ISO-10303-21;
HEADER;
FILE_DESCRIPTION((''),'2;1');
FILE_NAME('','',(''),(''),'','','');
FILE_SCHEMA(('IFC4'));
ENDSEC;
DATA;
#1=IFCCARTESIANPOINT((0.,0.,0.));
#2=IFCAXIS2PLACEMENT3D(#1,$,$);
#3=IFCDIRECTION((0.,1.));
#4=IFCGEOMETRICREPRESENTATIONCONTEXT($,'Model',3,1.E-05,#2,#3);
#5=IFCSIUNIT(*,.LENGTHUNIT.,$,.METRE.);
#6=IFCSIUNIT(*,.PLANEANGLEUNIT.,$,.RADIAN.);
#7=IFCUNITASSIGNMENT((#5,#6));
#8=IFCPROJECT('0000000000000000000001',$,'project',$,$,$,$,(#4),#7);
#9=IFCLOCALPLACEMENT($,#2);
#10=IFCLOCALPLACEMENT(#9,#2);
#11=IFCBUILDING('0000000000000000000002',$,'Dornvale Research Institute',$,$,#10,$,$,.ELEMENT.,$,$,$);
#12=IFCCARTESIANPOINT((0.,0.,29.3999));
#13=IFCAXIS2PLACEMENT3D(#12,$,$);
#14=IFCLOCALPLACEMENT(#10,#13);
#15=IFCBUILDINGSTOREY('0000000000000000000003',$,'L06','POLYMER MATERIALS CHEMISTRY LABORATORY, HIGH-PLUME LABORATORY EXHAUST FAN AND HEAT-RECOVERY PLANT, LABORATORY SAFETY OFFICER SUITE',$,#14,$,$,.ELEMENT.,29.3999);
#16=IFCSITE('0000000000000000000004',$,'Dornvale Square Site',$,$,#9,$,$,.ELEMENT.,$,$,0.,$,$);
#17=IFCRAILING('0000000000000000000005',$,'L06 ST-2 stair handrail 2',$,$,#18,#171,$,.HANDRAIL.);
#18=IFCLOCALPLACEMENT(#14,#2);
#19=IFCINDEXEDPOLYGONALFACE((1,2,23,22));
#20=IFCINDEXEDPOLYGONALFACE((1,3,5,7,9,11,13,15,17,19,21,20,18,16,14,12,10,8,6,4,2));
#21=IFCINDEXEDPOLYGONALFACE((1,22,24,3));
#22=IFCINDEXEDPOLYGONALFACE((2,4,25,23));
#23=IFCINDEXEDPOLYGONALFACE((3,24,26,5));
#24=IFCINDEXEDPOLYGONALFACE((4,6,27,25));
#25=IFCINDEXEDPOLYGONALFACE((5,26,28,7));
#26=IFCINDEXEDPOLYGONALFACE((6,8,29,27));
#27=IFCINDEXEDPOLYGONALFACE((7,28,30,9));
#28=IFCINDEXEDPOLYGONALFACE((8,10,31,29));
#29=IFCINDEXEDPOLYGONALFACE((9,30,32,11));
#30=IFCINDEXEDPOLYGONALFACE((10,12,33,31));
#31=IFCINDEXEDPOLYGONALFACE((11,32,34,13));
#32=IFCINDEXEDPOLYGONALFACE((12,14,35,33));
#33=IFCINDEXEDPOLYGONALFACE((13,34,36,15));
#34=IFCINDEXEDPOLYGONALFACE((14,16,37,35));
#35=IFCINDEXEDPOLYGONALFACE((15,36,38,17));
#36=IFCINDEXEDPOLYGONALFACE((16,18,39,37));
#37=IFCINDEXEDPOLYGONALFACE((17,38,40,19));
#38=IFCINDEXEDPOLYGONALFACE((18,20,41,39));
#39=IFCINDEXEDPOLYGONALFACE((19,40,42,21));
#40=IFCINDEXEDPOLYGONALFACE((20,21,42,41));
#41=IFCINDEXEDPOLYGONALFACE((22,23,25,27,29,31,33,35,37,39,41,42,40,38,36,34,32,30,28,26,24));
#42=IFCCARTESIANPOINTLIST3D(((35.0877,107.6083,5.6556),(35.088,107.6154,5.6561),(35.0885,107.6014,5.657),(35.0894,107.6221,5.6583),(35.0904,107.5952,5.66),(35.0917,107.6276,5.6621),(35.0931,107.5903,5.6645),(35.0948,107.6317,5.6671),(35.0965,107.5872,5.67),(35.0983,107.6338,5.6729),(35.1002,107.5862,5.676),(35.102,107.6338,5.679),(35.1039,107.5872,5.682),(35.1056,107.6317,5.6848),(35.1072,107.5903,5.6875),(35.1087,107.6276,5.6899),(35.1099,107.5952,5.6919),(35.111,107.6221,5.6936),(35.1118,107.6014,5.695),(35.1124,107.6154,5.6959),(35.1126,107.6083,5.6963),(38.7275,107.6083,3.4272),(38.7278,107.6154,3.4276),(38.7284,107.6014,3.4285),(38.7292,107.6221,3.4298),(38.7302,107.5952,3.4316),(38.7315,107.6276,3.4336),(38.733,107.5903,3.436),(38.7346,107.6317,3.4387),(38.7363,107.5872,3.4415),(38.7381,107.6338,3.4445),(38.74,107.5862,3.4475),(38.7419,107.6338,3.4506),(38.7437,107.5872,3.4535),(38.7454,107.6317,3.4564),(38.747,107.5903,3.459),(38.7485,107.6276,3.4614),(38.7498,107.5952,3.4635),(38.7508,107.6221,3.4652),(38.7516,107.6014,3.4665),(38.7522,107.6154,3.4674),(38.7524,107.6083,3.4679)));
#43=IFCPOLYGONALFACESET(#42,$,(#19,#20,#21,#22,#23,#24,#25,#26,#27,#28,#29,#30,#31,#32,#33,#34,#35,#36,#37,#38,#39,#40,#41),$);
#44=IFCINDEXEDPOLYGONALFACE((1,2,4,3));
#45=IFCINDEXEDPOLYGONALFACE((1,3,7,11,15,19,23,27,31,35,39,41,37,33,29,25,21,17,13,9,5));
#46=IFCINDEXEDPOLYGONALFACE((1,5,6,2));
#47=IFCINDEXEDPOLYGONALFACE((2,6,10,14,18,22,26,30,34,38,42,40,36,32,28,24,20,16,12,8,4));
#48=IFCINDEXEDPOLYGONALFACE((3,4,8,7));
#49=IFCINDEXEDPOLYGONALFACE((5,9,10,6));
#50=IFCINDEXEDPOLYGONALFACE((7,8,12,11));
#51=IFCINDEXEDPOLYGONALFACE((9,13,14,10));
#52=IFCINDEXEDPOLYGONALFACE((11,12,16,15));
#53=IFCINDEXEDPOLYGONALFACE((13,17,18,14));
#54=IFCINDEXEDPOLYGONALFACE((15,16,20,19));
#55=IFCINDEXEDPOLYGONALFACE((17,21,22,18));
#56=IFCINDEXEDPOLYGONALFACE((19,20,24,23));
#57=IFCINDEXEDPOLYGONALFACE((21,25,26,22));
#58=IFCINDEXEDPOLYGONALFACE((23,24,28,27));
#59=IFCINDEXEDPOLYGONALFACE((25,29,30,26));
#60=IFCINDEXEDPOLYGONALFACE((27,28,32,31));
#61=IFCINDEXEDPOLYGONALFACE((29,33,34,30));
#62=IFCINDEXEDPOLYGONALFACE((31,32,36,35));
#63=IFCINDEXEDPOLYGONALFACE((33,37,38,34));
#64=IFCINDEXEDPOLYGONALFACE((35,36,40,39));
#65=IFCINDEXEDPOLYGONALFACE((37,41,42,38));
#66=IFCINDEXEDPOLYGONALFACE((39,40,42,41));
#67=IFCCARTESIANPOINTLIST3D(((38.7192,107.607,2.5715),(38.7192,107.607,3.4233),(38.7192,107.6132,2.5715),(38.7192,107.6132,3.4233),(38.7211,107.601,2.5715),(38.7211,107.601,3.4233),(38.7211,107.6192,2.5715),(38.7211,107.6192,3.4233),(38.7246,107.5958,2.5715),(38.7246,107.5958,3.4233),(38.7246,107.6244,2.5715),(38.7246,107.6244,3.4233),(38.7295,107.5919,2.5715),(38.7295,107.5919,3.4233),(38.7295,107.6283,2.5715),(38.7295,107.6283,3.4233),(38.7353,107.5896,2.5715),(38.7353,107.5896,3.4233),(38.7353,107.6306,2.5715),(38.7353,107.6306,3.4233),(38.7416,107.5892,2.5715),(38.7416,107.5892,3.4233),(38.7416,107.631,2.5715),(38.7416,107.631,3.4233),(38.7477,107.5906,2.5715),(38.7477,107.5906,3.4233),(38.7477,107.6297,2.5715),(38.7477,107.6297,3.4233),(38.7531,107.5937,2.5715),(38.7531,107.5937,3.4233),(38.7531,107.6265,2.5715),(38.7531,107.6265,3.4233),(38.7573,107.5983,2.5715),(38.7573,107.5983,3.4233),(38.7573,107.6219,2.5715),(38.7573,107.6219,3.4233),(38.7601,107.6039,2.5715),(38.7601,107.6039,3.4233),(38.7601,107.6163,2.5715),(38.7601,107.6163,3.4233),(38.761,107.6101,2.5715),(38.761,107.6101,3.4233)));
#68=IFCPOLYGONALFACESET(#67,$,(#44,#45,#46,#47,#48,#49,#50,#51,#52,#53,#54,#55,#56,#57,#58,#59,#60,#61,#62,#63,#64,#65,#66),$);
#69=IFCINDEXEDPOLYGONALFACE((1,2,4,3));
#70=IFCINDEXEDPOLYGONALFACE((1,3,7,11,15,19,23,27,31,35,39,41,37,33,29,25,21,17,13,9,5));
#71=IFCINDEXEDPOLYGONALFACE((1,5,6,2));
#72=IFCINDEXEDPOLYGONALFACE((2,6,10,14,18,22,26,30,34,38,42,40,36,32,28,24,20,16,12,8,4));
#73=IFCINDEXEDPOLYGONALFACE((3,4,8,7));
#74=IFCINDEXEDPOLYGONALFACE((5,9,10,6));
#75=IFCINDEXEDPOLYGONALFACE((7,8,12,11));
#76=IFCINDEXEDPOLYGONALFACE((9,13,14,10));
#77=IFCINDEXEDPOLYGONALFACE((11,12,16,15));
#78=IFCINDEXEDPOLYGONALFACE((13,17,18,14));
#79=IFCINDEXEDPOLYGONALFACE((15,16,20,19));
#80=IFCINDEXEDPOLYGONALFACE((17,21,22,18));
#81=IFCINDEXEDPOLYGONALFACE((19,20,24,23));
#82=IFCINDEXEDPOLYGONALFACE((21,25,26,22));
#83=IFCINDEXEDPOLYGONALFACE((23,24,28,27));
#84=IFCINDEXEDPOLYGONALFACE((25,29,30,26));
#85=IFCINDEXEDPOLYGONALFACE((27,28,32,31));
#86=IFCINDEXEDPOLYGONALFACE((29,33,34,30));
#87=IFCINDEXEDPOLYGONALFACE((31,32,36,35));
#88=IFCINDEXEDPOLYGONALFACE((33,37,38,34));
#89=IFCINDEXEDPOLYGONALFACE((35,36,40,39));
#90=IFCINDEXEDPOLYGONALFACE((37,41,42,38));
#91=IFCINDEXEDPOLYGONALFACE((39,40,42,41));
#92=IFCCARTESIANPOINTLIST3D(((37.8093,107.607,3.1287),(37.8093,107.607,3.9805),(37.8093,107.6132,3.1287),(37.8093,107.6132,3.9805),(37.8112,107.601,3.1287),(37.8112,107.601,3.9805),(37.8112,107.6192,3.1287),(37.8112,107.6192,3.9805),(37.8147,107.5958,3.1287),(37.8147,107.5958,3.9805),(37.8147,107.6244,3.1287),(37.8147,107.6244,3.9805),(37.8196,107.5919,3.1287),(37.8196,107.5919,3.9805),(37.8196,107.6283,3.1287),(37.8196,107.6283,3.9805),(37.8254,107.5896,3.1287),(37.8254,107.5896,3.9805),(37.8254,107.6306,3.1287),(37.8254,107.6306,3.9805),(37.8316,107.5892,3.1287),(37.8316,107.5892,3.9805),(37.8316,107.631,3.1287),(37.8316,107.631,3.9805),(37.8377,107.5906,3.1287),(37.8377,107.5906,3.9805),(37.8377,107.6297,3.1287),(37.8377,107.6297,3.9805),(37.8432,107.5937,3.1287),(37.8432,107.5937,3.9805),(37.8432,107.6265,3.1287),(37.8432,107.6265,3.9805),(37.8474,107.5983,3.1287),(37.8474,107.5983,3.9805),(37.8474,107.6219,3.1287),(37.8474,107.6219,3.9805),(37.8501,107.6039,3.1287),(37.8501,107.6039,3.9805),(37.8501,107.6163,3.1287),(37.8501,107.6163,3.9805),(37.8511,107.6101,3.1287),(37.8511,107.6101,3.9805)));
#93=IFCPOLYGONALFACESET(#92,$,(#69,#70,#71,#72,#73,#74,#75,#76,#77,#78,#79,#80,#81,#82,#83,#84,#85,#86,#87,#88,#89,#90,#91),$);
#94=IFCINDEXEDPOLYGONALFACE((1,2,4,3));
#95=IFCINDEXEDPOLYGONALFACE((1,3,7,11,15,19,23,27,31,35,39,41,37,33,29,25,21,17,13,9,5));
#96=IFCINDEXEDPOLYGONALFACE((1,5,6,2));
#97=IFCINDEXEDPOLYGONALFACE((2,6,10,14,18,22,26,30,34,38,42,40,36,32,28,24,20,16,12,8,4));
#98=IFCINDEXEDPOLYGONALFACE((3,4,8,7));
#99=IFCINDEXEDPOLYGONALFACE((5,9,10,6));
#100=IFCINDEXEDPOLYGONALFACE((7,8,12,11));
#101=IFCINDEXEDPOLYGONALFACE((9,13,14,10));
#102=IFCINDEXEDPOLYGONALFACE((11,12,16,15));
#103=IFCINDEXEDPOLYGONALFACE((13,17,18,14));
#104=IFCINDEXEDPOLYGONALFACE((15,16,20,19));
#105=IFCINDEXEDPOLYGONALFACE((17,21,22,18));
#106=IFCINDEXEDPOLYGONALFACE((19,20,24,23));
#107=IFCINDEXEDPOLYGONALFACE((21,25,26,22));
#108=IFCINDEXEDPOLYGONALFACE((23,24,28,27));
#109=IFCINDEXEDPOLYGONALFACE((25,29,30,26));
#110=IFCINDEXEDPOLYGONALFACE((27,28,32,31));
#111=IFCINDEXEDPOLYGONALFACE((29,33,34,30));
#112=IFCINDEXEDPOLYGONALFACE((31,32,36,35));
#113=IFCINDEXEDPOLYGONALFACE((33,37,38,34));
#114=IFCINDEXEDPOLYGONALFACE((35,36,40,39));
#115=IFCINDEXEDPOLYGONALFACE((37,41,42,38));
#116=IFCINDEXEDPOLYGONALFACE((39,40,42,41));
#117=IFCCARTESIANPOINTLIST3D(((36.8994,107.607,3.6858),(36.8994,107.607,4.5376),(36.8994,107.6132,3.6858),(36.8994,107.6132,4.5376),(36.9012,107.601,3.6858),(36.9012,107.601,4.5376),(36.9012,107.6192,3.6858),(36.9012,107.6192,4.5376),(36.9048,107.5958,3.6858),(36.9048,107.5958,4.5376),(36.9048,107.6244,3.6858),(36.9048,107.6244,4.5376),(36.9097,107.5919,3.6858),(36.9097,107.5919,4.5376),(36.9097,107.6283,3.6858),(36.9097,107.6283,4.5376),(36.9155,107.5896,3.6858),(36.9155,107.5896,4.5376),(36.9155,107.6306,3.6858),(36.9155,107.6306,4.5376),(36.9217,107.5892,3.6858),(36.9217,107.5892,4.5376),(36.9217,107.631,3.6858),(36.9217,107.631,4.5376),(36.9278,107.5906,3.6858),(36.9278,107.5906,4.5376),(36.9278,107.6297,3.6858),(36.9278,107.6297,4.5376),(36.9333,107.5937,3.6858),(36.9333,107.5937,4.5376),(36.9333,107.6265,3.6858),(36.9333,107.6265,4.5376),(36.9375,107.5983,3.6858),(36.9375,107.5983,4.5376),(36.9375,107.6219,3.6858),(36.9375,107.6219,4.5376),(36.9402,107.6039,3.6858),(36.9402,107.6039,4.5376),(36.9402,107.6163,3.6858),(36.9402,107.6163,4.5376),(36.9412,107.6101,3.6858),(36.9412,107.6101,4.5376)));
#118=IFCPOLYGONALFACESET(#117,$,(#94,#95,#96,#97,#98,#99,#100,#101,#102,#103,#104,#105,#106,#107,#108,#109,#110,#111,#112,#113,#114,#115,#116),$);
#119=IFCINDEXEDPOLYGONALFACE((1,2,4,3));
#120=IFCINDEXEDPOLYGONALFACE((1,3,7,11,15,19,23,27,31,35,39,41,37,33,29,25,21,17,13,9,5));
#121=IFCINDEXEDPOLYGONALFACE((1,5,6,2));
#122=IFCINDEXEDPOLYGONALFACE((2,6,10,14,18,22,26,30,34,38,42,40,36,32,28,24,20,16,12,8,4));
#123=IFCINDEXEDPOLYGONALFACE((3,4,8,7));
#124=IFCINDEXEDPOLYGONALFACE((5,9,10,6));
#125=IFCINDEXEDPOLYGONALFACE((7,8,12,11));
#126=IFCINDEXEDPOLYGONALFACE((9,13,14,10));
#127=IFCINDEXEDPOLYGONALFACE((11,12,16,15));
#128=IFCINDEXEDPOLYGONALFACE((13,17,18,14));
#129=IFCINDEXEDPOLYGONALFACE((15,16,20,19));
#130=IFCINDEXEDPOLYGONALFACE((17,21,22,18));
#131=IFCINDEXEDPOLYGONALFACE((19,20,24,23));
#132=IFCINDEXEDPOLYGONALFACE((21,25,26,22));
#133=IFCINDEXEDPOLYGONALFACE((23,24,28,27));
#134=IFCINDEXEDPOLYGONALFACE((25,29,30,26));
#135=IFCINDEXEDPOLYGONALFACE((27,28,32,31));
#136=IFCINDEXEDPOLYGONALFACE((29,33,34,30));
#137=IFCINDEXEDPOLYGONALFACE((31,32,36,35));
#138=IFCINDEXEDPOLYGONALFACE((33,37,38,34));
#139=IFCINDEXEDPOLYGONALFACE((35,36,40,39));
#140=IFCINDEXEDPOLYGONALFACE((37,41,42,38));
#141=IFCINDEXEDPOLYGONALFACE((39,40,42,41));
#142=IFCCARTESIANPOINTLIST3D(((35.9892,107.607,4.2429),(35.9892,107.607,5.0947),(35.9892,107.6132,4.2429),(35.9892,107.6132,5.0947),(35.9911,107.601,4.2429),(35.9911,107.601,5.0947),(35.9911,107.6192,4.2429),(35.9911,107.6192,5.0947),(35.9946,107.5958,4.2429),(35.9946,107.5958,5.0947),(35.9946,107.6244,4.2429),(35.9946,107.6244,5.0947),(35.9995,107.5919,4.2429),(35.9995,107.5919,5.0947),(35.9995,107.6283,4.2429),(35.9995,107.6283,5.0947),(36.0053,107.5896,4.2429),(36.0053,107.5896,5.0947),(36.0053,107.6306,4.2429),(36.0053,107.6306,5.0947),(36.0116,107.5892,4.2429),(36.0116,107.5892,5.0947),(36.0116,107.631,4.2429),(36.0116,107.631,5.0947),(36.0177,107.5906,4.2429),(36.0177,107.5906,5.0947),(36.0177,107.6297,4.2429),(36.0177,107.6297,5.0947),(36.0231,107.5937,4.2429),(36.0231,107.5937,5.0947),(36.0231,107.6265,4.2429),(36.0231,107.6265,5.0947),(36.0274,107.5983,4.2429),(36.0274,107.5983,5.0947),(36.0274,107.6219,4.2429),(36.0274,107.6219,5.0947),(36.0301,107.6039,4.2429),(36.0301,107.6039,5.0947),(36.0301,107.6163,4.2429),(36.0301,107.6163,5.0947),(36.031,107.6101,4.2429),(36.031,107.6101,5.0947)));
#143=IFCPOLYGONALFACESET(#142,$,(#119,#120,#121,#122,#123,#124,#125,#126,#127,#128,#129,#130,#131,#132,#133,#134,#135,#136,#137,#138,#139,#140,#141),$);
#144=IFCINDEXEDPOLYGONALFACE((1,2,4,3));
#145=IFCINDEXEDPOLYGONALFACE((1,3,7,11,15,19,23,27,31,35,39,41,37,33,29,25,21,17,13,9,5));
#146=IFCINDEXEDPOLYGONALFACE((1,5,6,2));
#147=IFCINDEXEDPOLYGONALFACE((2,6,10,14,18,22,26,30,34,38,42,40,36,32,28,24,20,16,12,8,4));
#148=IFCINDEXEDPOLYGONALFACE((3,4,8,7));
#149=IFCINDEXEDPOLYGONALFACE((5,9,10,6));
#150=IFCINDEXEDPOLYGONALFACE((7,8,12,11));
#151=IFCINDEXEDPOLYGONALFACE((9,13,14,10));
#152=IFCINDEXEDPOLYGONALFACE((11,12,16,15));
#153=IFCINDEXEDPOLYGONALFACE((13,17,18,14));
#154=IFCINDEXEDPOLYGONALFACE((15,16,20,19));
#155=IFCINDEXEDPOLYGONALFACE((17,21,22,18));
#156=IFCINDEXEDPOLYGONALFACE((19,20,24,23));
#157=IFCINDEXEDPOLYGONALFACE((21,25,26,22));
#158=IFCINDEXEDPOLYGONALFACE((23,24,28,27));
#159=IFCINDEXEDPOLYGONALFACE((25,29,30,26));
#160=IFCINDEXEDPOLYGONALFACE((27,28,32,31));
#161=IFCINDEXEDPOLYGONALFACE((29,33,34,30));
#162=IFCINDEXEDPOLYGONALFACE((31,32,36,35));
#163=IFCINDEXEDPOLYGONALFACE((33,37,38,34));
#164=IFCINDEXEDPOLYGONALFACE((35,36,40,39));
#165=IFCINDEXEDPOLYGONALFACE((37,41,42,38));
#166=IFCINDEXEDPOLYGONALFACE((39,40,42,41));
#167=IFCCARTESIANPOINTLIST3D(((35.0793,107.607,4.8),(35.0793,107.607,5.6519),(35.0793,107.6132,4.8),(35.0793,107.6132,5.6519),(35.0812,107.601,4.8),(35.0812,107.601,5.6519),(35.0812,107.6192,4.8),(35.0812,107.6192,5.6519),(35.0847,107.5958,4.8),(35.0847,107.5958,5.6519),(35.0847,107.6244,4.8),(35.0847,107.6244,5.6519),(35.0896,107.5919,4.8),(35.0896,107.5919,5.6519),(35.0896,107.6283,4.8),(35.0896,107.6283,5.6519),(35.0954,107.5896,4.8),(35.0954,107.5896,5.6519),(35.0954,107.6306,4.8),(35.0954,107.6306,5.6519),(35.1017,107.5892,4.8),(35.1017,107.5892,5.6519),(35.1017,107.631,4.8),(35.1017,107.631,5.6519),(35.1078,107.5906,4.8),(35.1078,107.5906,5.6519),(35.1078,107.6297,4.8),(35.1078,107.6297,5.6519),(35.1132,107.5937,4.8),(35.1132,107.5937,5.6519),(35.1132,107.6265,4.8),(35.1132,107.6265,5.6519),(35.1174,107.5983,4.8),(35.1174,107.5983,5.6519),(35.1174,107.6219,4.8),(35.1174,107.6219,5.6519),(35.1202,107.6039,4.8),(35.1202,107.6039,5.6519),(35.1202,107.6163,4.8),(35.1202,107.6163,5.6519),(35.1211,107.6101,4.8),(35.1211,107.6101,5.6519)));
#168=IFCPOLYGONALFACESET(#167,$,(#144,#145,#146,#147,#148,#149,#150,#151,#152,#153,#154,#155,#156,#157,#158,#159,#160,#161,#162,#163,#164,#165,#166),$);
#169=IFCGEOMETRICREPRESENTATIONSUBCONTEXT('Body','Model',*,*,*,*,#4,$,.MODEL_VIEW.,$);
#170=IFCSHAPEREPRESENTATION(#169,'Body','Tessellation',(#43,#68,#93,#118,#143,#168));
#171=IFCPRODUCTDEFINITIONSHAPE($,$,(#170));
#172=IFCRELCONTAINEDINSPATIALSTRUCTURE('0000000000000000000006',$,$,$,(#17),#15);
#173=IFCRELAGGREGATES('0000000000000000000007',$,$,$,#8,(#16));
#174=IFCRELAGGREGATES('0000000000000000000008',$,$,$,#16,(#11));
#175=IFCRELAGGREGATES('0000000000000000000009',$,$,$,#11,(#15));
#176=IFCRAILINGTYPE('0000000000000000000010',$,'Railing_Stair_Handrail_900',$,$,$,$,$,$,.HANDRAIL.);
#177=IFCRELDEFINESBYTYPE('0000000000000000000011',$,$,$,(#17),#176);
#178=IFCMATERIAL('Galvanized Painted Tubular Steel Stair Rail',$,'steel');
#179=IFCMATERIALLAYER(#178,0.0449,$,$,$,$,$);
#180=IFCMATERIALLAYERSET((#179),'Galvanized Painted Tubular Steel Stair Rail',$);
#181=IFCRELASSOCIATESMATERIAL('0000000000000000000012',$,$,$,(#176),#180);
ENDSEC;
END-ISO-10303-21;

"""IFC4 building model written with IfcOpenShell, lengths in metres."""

from ifc_helpers import new_model, si_unit, direction, frame, origin, origin_2d, place, context, subcontext, project, spatial, circle, extrude, material, layer, layer_set, type_object, element, save


model = new_model("IFC4")

# Units and contexts
model_context = context("Model", 3, precision=1e-05, world=origin(), true_north=direction((0.0, 1.0)))
body_context = subcontext(model_context, "Body", "Model", "MODEL_VIEW")
ifc_project = project(units=[si_unit("LENGTHUNIT", "METRE"), si_unit("PLANEANGLEUNIT", "RADIAN")], contexts=[model_context])

# Site, building, storey
site_placement = place(None, origin())
site = spatial("IfcSite", under=ifc_project, at=site_placement, Name="Dornvale Square Site", CompositionType="ELEMENT", RefElevation=0.0)
building_placement = place(site_placement, origin())
building = spatial("IfcBuilding", under=site, at=building_placement, Name="Dornvale Research Institute", CompositionType="ELEMENT")
storey_placement = place(building_placement, frame((0.0, 0.0, 29.3999)))
storey = spatial("IfcBuildingStorey", under=building, at=storey_placement, Name="L06", Description="POLYMER MATERIALS CHEMISTRY LABORATORY, HIGH-PLUME LABORATORY EXHAUST FAN AND HEAT-RECOVERY PLANT, LABORATORY SAFETY OFFICER SUITE", CompositionType="ELEMENT", Elevation=29.3999)

# Railing
ifc_material_1 = material(Name="Galvanized Painted Tubular Steel Stair Rail", Category="steel")
ifc_layer_1 = layer(ifc_material_1, 0.0449)
ifc_layer_set_1 = layer_set([ifc_layer_1], Name="Galvanized Painted Tubular Steel Stair Rail")
railing_type = type_object("IfcRailingType", Name="Railing_Stair_Handrail_900", PredefinedType="HANDRAIL", material=ifc_layer_set_1)
railing_placement = place(storey_placement, frame((38.74, 107.6101, 2.5715)))
element("IfcRailing", 1, at=railing_placement, inside=storey, type_object=railing_type, Name="L06 ST-2 stair handrail 2", PredefinedType="HANDRAIL", context=body_context, shape_type="SweptSolid", body=[
    extrude(circle(Radius=0.0239, at=origin_2d()), frame((0.0, 0.0, 0.876), z_axis=(-0.85285, 0.0, 0.522156), x_axis=(0.0, -1.0, 0.0)), (0.0, 0.0, 1.0), 4.2678),
    extrude(circle(Radius=0.021, at=origin_2d()), origin(), (0.0, 0.0, 1.0), 0.8518),
    extrude(circle(Radius=0.021, at=origin_2d()), frame((-0.9099, 0.0, 0.5571)), (0.0, 0.0, 1.0), 0.8518),
    extrude(circle(Radius=0.021, at=origin_2d()), frame((-1.8198, 0.0, 1.1143)), (0.0, 0.0, 1.0), 0.8518),
    extrude(circle(Radius=0.021, at=origin_2d()), frame((-2.73, 0.0, 1.6714)), (0.0, 0.0, 1.0), 0.8518),
    extrude(circle(Radius=0.021, at=origin_2d()), frame((-3.6399, 0.0, 2.2285)), (0.0, 0.0, 1.0), 0.8518),
])

save(model, "model.ifc")
